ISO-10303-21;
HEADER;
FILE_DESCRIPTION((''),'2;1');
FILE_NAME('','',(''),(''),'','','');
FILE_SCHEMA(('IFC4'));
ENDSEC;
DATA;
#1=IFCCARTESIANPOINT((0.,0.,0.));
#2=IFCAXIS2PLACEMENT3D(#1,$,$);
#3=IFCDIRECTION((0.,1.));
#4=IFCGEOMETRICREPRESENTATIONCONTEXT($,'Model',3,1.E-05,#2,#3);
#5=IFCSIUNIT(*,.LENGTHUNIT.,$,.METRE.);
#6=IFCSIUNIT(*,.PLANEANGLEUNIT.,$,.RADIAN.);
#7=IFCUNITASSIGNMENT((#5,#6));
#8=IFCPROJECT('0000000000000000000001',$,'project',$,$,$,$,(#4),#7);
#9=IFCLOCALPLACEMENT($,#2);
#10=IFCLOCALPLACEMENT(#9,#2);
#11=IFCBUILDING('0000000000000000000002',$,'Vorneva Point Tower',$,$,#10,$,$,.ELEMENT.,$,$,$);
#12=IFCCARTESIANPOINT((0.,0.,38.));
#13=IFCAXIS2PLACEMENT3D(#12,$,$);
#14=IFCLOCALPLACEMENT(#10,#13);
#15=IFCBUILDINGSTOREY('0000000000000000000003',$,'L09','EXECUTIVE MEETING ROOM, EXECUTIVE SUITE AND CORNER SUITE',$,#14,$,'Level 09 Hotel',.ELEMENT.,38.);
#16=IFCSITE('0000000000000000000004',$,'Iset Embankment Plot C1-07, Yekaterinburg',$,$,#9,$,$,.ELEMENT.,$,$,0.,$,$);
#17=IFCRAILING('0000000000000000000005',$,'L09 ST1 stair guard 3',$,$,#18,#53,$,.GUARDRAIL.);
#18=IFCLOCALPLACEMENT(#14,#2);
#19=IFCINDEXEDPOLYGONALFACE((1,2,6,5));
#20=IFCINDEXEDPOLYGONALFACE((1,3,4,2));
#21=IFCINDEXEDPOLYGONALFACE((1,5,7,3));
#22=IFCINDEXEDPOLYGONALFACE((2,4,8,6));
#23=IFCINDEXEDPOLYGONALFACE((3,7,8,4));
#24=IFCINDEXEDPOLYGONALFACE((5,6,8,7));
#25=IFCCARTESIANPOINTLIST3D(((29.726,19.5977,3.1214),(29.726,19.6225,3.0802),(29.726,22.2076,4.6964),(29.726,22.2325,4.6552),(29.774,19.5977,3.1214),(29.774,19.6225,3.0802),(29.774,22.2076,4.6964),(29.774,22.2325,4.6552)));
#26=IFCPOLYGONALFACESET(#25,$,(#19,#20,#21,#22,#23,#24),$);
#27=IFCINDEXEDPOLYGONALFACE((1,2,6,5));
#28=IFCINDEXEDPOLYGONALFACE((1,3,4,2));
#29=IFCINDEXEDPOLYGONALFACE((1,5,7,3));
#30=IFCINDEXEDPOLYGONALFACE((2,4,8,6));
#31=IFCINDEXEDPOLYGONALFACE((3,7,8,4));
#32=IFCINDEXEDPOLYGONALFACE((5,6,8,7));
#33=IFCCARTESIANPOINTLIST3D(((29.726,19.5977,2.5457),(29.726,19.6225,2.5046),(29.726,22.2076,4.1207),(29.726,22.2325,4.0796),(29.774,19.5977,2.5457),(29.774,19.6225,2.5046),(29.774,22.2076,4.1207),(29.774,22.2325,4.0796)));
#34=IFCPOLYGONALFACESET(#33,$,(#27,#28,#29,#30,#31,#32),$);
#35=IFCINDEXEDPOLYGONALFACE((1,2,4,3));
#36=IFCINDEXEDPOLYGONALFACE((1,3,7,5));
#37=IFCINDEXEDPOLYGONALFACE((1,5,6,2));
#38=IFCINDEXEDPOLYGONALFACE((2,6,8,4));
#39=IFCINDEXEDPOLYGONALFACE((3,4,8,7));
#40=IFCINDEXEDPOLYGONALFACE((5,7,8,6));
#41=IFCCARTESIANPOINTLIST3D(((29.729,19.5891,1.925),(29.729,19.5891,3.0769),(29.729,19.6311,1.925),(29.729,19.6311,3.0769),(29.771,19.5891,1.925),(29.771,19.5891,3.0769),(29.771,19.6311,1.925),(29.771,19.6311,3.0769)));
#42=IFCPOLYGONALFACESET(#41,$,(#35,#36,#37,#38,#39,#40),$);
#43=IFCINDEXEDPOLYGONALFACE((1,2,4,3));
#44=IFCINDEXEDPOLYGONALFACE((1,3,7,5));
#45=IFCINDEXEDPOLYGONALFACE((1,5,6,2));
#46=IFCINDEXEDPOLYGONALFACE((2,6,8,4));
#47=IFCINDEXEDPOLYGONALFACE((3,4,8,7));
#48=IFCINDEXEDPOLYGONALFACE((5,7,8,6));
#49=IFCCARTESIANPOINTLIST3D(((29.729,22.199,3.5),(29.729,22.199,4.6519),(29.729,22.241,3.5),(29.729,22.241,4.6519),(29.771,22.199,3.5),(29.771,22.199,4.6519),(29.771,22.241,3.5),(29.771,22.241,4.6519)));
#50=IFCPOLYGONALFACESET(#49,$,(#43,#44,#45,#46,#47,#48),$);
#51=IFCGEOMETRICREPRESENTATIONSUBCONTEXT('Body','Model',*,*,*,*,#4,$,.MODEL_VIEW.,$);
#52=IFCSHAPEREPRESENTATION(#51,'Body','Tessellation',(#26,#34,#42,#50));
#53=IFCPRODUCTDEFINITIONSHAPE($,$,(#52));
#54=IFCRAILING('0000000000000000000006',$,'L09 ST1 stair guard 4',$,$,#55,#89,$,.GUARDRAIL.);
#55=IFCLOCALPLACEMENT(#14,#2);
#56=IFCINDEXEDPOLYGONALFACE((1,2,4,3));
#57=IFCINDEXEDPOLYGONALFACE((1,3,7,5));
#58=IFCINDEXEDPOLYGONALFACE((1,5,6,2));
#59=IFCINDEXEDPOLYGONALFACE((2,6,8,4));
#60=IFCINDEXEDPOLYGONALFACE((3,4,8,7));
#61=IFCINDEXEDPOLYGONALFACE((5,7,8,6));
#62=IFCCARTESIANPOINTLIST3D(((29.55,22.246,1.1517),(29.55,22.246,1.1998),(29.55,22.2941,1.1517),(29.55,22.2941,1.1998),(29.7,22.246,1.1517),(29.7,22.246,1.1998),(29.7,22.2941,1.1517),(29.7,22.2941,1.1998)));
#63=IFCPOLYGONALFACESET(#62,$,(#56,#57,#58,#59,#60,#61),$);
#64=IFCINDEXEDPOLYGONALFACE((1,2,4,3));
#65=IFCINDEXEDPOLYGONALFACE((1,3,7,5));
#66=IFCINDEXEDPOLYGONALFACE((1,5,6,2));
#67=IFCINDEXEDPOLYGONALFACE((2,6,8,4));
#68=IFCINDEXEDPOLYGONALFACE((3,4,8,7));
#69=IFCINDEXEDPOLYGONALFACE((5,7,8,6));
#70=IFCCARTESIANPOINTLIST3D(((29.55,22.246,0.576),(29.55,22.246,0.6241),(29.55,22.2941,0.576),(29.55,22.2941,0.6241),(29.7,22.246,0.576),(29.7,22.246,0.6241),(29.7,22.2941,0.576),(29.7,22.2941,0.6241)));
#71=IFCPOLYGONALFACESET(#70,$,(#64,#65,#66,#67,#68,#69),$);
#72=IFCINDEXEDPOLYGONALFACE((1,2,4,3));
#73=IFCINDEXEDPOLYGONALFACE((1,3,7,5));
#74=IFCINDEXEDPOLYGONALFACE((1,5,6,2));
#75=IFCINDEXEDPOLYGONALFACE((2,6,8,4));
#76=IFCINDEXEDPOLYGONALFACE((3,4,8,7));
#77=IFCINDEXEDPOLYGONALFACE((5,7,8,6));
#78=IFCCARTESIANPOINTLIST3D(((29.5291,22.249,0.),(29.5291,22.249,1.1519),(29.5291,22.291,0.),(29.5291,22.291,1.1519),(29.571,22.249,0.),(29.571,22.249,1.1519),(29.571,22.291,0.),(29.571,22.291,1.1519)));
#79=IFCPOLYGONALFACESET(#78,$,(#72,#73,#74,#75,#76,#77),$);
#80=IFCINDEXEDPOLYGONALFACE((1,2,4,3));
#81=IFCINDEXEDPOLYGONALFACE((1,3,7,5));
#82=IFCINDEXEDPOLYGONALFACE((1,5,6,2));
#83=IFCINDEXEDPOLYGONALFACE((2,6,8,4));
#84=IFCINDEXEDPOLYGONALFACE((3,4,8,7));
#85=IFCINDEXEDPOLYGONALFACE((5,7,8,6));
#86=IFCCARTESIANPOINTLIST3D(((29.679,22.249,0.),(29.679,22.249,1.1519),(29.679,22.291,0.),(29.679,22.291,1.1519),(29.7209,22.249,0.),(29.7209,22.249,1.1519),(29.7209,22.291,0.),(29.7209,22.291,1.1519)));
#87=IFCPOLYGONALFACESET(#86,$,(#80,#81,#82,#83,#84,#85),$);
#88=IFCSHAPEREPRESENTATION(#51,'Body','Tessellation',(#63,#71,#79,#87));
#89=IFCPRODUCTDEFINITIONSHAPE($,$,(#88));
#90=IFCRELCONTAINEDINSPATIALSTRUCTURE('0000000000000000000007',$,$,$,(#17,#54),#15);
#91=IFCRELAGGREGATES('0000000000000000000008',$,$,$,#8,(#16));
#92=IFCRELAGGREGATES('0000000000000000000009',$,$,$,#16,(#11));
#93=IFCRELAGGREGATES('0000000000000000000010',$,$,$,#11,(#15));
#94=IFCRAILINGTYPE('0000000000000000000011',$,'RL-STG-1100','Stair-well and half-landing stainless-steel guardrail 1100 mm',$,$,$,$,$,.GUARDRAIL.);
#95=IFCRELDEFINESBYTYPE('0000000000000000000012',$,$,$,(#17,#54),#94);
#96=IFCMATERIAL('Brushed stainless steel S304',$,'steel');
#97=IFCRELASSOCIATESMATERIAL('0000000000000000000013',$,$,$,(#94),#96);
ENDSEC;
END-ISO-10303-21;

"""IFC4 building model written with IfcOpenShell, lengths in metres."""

from ifc_helpers import new_model, si_unit, direction, frame, origin, origin_2d, place, context, subcontext, project, spatial, rectangle, extrude, material, type_object, element, save


model = new_model("IFC4")

# Units and contexts
model_context = context("Model", 3, precision=1e-05, world=origin(), true_north=direction((0.0, 1.0)))
body_context = subcontext(model_context, "Body", "Model", "MODEL_VIEW")
ifc_project = project(units=[si_unit("LENGTHUNIT", "METRE"), si_unit("PLANEANGLEUNIT", "RADIAN")], contexts=[model_context])

# Site, building, storey
site_placement = place(None, origin())
site = spatial("IfcSite", under=ifc_project, at=site_placement, Name="Iset Embankment Plot C1-07, Yekaterinburg", CompositionType="ELEMENT", RefElevation=0.0)
building_placement = place(site_placement, origin())
building = spatial("IfcBuilding", under=site, at=building_placement, Name="Vorneva Point Tower", CompositionType="ELEMENT")
storey_placement = place(building_placement, frame((0.0, 0.0, 38.0)))
storey = spatial("IfcBuildingStorey", under=building, at=storey_placement, Name="L09", Description="EXECUTIVE MEETING ROOM, EXECUTIVE SUITE AND CORNER SUITE", LongName="Level 09 Hotel", CompositionType="ELEMENT", Elevation=38.0)

# Railings
ifc_material_1 = material(Name="Brushed stainless steel S304", Category="steel")
railing_type_1 = type_object("IfcRailingType", Name="RL-STG-1100", Description="Stair-well and half-landing stainless-steel guardrail 1100 mm", PredefinedType="GUARDRAIL", material=ifc_material_1)
railing_1_placement = place(storey_placement, frame((29.75, 19.6101, 1.925)))
element("IfcRailing", 1, at=railing_1_placement, inside=storey, type_object=railing_type_1, Name="L09 ST1 stair guard 3", PredefinedType="GUARDRAIL", context=body_context, shape_type="SweptSolid", body=[
    extrude(rectangle(XDim=0.0481, YDim=0.0481, at=origin_2d()), frame((0.0, 0.0, 1.1758), z_axis=(0.0, 0.856183, 0.516673), x_axis=(-1.0, 0.0, 0.0)), (0.0, 0.0, 1.0), 3.0483),
    extrude(rectangle(XDim=0.0481, YDim=0.0481, at=origin_2d()), frame((0.0, 0.0, 0.6001), z_axis=(0.0, 0.856183, 0.516673), x_axis=(-1.0, 0.0, 0.0)), (0.0, 0.0, 1.0), 3.0483),
    extrude(rectangle(XDim=0.042, YDim=0.042, at=origin_2d()), origin(), (0.0, 0.0, 1.0), 1.1519),
    extrude(rectangle(XDim=0.042, YDim=0.042, at=origin_2d()), frame((0.0, 2.6099, 1.575)), (0.0, 0.0, 1.0), 1.1519),
])
railing_2_placement = place(storey_placement, frame((29.55, 22.27, 0.0)))
element("IfcRailing", 2, at=railing_2_placement, inside=storey, type_object=railing_type_1, Name="L09 ST1 stair guard 4", PredefinedType="GUARDRAIL", context=body_context, shape_type="SweptSolid", body=[
    extrude(rectangle(XDim=0.0481, YDim=0.0481, at=origin_2d()), frame((0.0, 0.0, 1.1758), z_axis=(1.0, 0.0, 0.0), x_axis=(0.0, 1.0, 0.0)), (0.0, 0.0, 1.0), 0.1499),
    extrude(rectangle(XDim=0.0481, YDim=0.0481, at=origin_2d()), frame((0.0, 0.0, 0.6001), z_axis=(1.0, 0.0, 0.0), x_axis=(0.0, 1.0, 0.0)), (0.0, 0.0, 1.0), 0.1499),
    extrude(rectangle(XDim=0.042, YDim=0.042, at=origin_2d()), origin(), (0.0, 0.0, 1.0), 1.1519),
    extrude(rectangle(XDim=0.042, YDim=0.042, at=origin_2d()), frame((0.1499, 0.0, 0.0)), (0.0, 0.0, 1.0), 1.1519),
])

save(model, "model.ifc")
